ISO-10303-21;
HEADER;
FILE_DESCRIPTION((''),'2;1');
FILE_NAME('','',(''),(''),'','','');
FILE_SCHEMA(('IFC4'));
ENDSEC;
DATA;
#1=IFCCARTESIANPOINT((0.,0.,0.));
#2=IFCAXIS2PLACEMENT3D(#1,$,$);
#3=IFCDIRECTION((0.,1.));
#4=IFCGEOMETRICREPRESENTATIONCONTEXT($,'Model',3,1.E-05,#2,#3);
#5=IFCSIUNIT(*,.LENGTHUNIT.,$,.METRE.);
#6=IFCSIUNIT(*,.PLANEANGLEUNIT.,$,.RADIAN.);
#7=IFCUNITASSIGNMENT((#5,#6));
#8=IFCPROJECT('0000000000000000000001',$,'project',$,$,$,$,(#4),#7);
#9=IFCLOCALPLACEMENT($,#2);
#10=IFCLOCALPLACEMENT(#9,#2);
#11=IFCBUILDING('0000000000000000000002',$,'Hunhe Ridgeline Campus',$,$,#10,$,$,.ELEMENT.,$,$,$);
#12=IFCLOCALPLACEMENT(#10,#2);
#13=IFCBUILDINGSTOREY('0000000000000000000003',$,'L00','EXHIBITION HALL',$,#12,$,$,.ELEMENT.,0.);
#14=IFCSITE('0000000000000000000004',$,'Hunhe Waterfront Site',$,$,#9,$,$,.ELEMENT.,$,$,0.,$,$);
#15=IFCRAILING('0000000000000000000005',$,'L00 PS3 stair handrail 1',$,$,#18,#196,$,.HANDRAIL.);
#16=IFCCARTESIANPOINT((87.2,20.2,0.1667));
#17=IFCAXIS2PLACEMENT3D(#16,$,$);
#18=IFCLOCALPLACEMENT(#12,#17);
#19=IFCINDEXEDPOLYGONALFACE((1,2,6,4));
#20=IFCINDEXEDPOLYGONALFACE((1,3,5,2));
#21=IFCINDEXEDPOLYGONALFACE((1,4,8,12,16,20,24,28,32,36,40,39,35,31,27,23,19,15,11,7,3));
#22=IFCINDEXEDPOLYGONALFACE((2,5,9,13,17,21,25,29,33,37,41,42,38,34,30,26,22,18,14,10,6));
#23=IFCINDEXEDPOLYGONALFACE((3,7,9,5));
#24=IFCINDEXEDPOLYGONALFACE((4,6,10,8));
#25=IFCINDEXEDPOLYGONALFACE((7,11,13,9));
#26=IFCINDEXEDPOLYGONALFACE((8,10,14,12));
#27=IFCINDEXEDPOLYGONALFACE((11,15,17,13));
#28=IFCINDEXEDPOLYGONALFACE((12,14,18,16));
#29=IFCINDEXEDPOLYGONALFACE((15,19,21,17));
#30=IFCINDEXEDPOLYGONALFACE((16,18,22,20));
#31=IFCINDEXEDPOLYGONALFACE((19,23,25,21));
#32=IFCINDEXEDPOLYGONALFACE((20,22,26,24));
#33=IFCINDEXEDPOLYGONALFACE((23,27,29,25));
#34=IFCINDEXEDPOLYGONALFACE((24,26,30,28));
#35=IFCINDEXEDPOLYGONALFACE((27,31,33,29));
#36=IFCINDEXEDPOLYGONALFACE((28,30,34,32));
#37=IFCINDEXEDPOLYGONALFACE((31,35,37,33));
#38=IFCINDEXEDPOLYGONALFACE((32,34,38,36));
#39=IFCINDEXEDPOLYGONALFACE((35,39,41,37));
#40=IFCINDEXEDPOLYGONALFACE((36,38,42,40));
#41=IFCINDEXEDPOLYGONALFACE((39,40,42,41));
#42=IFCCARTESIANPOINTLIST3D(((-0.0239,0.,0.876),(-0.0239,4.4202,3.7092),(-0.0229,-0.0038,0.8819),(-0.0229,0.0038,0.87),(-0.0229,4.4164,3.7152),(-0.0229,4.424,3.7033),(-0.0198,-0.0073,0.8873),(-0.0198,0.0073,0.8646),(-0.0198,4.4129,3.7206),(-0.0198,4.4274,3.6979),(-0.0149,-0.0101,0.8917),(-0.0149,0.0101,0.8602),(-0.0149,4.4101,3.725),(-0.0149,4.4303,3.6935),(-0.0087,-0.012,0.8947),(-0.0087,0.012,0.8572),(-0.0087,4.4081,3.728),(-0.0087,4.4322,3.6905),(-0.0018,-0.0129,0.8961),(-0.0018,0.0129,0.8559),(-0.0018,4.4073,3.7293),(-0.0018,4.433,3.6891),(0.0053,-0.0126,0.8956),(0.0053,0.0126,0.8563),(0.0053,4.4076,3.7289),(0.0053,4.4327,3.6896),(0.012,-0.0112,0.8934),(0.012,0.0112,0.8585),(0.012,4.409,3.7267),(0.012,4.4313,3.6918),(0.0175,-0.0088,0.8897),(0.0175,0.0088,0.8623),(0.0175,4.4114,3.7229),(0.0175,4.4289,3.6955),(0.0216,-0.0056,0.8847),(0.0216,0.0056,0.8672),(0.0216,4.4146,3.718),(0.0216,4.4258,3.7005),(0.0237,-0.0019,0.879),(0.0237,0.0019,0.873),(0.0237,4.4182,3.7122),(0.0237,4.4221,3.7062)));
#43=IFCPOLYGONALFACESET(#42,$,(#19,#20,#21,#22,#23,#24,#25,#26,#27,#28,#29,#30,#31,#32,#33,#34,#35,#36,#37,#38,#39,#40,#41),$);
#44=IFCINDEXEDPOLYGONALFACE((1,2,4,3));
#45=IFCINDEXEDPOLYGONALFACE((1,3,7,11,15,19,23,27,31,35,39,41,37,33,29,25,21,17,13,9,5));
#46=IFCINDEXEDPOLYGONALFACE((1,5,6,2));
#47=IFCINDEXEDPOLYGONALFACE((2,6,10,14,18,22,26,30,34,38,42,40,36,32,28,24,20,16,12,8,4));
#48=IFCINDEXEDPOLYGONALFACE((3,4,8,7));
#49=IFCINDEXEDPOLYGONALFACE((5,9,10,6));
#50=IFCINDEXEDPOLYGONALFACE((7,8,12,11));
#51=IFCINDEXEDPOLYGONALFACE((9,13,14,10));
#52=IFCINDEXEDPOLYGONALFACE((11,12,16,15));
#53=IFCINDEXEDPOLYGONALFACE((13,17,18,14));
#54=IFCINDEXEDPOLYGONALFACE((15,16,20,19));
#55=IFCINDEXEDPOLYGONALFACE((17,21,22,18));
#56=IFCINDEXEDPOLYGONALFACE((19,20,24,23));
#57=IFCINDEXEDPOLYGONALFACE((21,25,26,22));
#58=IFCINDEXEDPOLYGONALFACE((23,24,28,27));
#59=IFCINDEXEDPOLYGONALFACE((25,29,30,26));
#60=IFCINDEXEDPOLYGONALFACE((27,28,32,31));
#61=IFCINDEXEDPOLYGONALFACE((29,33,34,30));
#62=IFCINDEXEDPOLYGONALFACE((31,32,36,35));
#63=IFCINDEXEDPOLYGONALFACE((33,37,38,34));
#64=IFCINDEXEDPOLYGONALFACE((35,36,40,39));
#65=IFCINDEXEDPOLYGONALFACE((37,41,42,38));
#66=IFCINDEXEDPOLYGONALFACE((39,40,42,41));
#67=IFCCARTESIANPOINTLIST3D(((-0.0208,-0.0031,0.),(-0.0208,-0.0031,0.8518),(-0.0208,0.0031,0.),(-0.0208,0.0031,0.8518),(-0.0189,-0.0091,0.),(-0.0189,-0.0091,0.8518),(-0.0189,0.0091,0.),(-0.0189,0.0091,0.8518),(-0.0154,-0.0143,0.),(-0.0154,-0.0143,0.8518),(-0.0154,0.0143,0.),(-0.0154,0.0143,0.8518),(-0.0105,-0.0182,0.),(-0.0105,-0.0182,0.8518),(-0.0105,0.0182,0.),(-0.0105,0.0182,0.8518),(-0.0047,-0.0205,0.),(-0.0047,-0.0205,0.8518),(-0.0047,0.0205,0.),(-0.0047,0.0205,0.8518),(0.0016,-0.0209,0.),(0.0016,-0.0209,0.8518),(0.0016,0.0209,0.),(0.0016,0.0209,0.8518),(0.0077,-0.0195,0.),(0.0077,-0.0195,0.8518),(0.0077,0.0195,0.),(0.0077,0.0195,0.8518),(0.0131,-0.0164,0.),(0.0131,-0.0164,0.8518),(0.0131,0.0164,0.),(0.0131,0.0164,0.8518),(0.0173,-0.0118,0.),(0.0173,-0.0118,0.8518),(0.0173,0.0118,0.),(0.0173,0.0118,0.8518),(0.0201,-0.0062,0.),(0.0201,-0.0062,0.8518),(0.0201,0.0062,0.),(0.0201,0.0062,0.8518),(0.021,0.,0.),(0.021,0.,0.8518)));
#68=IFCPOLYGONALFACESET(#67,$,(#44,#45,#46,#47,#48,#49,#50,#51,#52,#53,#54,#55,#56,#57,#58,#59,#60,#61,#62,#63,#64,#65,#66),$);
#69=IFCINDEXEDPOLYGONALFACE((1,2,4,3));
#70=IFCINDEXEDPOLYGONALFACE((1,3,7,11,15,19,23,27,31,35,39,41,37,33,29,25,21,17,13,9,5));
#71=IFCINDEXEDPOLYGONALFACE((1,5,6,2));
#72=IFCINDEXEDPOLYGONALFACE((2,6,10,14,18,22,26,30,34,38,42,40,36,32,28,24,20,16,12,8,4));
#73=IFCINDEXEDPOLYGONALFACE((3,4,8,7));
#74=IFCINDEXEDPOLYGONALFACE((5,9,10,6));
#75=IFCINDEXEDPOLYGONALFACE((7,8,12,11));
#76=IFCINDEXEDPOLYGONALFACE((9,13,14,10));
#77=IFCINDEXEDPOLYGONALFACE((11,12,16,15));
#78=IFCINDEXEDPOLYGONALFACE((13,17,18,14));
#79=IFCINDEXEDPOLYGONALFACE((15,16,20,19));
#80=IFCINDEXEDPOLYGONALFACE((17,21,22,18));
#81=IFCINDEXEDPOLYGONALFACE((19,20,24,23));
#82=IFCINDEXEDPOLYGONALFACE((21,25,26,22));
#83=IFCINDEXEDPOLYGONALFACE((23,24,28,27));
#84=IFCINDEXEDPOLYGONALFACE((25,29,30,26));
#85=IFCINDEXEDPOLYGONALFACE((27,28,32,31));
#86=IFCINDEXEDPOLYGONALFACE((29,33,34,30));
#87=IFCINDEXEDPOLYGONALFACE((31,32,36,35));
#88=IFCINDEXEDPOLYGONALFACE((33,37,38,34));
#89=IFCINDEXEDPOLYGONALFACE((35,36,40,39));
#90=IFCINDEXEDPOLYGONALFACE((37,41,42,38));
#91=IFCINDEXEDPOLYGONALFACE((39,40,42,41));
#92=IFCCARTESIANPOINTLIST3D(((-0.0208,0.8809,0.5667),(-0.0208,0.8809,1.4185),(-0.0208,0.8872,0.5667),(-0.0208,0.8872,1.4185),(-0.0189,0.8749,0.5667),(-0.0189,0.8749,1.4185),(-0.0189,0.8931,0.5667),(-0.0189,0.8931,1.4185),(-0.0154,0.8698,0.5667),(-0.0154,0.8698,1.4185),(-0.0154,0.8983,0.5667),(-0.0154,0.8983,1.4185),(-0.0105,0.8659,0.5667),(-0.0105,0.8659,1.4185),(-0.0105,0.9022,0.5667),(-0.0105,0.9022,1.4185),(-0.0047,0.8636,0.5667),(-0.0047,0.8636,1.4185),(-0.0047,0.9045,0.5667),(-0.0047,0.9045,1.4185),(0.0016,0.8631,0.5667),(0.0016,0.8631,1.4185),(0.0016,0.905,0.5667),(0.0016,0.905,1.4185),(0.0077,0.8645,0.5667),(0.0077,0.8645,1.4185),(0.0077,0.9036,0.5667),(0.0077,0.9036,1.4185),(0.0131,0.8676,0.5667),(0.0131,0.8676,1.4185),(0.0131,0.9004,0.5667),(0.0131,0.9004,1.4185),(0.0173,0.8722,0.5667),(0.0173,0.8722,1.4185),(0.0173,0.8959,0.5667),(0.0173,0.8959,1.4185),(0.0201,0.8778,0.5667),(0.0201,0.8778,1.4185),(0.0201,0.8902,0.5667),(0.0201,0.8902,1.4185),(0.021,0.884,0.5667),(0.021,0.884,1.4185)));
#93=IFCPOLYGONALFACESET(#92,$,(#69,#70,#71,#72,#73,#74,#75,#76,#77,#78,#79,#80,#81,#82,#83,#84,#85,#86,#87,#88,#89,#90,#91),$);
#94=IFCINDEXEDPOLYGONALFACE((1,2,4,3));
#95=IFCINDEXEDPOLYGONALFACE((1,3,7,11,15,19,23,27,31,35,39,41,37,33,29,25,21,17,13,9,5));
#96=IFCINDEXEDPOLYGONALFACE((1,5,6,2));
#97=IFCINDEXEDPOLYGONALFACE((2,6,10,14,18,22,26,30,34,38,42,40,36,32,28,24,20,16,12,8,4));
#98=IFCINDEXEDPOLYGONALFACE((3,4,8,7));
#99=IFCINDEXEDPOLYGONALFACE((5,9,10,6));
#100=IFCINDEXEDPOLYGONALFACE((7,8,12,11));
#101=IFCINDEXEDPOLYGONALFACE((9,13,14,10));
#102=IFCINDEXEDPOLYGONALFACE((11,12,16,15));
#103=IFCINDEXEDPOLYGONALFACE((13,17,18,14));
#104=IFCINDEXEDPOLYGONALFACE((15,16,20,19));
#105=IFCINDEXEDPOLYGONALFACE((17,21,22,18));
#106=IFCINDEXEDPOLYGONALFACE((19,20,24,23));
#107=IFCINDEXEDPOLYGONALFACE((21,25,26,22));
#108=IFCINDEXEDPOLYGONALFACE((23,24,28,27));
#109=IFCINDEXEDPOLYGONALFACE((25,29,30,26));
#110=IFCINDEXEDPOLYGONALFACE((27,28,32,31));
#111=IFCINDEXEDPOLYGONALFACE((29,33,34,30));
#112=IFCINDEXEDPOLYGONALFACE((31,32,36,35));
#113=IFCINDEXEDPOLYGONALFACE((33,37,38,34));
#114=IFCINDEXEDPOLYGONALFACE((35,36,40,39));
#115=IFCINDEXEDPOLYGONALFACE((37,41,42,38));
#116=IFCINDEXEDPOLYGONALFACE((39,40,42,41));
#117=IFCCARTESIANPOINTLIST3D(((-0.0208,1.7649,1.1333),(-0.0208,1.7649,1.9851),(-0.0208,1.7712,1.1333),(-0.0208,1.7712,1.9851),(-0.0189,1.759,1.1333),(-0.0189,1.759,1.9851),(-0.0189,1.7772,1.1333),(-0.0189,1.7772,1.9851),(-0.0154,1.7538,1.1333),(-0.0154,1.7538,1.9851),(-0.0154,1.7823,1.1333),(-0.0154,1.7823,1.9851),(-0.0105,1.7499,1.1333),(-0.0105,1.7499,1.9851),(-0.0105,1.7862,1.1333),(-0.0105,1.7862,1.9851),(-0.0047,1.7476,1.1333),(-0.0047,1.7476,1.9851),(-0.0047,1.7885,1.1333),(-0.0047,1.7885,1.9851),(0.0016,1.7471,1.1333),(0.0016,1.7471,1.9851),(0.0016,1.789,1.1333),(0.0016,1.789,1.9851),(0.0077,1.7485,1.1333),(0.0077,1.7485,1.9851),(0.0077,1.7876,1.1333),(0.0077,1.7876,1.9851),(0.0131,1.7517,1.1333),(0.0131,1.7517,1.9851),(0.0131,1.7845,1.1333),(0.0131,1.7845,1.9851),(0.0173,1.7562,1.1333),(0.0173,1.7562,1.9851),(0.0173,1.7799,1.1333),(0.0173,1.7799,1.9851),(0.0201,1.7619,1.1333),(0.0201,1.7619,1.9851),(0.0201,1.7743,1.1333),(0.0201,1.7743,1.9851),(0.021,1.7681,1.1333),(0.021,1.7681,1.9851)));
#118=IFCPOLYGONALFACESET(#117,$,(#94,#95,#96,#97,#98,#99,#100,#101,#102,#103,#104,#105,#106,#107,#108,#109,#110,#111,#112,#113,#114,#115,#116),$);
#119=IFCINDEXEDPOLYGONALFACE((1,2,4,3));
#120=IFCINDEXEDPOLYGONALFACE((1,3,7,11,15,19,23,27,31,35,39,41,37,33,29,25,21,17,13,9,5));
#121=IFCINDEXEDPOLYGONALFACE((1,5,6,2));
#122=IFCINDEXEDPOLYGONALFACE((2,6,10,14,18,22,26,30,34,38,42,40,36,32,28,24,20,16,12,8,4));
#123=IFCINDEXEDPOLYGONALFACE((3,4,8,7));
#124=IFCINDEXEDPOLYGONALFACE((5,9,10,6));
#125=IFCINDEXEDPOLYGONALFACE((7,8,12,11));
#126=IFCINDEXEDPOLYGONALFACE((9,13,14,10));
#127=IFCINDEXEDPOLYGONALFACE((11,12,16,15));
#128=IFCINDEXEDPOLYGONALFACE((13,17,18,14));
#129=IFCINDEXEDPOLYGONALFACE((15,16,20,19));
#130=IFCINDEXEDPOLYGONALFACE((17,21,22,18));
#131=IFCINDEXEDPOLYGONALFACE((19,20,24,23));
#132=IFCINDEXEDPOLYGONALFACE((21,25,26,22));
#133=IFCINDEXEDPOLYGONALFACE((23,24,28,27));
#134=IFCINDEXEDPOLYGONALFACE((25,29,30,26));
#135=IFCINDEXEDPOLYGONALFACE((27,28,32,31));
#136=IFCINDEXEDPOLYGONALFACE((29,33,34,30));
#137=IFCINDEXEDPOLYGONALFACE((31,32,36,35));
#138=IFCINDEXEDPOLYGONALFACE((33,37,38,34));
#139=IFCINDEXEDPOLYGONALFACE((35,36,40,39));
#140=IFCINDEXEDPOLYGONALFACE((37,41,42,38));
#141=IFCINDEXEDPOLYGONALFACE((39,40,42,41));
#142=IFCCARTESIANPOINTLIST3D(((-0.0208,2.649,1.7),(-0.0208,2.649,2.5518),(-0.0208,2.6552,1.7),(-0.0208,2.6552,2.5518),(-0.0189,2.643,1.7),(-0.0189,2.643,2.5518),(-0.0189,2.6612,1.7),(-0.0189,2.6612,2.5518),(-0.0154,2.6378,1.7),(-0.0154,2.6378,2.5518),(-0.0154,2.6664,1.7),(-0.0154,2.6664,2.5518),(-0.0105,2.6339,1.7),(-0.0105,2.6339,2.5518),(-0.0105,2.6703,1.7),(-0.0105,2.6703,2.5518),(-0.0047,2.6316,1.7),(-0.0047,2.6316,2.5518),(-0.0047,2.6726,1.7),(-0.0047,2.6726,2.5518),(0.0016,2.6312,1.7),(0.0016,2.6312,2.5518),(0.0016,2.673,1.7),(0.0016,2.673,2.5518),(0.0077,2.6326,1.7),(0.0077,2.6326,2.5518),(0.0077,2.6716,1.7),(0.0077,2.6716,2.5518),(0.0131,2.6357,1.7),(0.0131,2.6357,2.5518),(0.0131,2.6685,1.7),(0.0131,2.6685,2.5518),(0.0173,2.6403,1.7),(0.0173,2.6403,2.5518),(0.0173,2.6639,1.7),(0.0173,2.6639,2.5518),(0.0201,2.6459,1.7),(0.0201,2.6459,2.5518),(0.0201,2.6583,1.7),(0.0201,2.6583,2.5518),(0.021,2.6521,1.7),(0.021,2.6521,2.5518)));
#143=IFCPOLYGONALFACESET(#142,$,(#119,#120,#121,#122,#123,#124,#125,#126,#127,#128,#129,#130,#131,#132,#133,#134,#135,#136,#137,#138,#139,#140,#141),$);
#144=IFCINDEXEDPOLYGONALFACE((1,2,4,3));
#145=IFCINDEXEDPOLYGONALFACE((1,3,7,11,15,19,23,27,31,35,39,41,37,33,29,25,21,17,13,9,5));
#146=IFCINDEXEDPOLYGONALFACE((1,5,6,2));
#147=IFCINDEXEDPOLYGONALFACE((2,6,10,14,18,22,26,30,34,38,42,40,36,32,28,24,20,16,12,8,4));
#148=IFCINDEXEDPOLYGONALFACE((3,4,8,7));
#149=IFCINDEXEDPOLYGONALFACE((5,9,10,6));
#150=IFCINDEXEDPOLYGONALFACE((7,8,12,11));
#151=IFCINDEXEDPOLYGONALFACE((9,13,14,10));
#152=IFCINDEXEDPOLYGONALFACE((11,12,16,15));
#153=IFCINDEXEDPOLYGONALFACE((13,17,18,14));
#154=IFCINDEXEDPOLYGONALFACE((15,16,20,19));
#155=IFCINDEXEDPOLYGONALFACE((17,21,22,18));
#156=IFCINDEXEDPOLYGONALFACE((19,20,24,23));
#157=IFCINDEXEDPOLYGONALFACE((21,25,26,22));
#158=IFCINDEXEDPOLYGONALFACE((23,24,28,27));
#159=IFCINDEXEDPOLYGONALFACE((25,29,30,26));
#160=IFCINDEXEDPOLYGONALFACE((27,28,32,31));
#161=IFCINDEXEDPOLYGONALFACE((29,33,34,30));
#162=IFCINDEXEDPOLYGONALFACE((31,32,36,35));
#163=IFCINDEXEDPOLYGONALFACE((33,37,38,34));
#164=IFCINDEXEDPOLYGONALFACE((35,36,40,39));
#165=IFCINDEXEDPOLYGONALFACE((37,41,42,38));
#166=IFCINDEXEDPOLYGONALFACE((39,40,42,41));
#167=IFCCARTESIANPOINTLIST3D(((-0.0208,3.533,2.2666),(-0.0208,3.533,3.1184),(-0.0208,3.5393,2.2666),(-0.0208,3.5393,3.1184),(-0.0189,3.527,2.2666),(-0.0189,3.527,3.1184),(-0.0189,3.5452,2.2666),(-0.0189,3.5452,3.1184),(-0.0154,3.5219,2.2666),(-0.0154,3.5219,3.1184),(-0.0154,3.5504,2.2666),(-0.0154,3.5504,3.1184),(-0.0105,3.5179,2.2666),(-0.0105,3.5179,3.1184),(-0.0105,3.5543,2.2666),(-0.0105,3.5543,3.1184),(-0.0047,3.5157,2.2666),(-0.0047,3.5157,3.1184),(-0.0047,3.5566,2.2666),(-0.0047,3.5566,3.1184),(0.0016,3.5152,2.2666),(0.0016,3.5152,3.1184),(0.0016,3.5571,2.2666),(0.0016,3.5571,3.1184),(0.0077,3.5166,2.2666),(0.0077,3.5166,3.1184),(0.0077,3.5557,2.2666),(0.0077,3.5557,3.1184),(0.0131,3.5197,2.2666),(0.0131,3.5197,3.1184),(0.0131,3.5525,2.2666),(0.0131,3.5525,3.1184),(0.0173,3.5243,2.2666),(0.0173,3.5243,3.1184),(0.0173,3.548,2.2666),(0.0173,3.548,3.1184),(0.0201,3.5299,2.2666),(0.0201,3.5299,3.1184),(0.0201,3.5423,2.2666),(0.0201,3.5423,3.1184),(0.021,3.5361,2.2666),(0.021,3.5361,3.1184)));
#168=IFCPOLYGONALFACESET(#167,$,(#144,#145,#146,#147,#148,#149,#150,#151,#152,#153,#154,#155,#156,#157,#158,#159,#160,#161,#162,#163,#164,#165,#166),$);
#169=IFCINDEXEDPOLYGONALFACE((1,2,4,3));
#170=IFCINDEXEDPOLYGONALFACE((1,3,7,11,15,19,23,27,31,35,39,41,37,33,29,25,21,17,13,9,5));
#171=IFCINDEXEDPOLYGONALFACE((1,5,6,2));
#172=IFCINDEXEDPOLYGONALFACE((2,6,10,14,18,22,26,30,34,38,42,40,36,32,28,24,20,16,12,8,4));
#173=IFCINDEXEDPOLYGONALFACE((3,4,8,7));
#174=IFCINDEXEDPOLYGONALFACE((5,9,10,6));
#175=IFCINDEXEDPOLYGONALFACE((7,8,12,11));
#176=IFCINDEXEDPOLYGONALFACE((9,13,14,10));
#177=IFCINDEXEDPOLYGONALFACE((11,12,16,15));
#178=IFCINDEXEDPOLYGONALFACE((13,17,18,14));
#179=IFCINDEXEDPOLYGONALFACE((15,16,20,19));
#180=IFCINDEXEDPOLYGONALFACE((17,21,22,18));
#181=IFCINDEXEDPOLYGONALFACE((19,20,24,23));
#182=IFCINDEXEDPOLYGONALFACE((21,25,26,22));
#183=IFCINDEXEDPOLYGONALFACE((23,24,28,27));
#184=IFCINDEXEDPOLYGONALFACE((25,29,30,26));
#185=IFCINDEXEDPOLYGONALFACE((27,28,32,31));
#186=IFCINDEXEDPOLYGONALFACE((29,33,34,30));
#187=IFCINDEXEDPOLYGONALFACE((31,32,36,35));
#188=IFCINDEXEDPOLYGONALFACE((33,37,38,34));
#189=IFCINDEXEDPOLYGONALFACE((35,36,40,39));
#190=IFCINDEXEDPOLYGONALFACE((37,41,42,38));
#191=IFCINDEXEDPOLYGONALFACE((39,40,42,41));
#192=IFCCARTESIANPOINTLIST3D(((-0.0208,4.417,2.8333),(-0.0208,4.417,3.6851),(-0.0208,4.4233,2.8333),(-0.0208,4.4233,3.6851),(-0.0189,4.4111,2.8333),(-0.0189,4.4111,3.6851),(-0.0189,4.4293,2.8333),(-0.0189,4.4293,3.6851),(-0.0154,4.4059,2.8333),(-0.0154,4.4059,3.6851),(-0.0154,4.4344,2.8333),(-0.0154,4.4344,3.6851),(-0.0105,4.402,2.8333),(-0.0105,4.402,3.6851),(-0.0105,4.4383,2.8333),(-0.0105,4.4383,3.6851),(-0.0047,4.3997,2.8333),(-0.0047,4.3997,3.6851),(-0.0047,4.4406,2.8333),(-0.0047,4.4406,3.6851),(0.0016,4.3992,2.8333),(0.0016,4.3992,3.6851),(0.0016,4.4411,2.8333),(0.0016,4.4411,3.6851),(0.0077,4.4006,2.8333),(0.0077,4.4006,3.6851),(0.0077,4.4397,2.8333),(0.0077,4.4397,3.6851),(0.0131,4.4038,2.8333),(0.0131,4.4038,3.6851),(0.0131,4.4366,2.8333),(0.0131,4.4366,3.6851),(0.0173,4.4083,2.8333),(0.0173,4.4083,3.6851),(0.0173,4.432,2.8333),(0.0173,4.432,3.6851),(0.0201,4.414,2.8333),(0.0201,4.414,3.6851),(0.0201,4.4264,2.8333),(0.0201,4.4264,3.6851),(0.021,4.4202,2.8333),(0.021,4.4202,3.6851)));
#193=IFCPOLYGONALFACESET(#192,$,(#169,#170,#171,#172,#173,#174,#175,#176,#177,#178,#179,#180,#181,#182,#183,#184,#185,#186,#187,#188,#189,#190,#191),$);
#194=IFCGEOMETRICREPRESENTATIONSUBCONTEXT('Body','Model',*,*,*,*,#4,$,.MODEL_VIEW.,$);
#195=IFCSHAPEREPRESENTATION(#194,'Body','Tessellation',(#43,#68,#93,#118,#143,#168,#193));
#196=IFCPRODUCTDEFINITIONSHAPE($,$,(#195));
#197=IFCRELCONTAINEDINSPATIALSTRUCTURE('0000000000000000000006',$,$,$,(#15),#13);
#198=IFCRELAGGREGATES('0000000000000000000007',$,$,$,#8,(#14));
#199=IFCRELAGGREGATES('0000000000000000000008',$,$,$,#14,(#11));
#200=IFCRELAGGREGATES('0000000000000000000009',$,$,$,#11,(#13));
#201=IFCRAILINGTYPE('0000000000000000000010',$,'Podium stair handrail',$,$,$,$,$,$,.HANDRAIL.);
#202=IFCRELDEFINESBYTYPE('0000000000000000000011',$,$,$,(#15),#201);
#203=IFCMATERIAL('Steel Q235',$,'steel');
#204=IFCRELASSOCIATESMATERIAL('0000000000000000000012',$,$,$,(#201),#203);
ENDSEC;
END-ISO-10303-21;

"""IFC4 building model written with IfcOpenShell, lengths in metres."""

from ifc_helpers import new_model, si_unit, direction, frame, origin, origin_2d, place, context, subcontext, project, spatial, circle, extrude, material, type_object, element, save


model = new_model("IFC4")

# Units and contexts
model_context = context("Model", 3, precision=1e-05, world=origin(), true_north=direction((0.0, 1.0)))
body_context = subcontext(model_context, "Body", "Model", "MODEL_VIEW")
ifc_project = project(units=[si_unit("LENGTHUNIT", "METRE"), si_unit("PLANEANGLEUNIT", "RADIAN")], contexts=[model_context])

# Site, building, storey
site_placement = place(None, origin())
site = spatial("IfcSite", under=ifc_project, at=site_placement, Name="Hunhe Waterfront Site", CompositionType="ELEMENT", RefElevation=0.0)
building_placement = place(site_placement, origin())
building = spatial("IfcBuilding", under=site, at=building_placement, Name="Hunhe Ridgeline Campus", CompositionType="ELEMENT")
storey_placement = place(building_placement, origin())
storey = spatial("IfcBuildingStorey", under=building, at=storey_placement, Name="L00", Description="EXHIBITION HALL", CompositionType="ELEMENT", Elevation=0.0)

# Shared definitions
ifc_material_1 = material(Name="Steel Q235", Category="steel")

# Railing
railing_type_1 = type_object("IfcRailingType", Name="Podium stair handrail", PredefinedType="HANDRAIL", material=ifc_material_1)
railing_1_placement = place(storey_placement, frame((87.2, 20.2, 0.1667)))
element("IfcRailing", 1, at=railing_1_placement, inside=storey, type_object=railing_type_1, Name="L00 PS3 stair handrail 1", PredefinedType="HANDRAIL", context=body_context, shape_type="SweptSolid", body=[
    extrude(circle(Radius=0.0239, at=origin_2d()), frame((0.0, 0.0, 0.876), z_axis=(0.0, 0.841895, 0.539641), x_axis=(-1.0, 0.0, 0.0)), (0.0, 0.0, 1.0), 5.2502),
    extrude(circle(Radius=0.021, at=origin_2d()), origin(), (0.0, 0.0, 1.0), 0.8518),
    extrude(circle(Radius=0.021, at=origin_2d()), frame((0.0, 0.884, 0.5667)), (0.0, 0.0, 1.0), 0.8518),
    extrude(circle(Radius=0.021, at=origin_2d()), frame((0.0, 1.7681, 1.1333)), (0.0, 0.0, 1.0), 0.8518),
    extrude(circle(Radius=0.021, at=origin_2d()), frame((0.0, 2.6521, 1.7)), (0.0, 0.0, 1.0), 0.8518),
    extrude(circle(Radius=0.021, at=origin_2d()), frame((0.0, 3.5361, 2.2666)), (0.0, 0.0, 1.0), 0.8518),
    extrude(circle(Radius=0.021, at=origin_2d()), frame((0.0, 4.4202, 2.8333)), (0.0, 0.0, 1.0), 0.8518),
])

save(model, "model.ifc")
